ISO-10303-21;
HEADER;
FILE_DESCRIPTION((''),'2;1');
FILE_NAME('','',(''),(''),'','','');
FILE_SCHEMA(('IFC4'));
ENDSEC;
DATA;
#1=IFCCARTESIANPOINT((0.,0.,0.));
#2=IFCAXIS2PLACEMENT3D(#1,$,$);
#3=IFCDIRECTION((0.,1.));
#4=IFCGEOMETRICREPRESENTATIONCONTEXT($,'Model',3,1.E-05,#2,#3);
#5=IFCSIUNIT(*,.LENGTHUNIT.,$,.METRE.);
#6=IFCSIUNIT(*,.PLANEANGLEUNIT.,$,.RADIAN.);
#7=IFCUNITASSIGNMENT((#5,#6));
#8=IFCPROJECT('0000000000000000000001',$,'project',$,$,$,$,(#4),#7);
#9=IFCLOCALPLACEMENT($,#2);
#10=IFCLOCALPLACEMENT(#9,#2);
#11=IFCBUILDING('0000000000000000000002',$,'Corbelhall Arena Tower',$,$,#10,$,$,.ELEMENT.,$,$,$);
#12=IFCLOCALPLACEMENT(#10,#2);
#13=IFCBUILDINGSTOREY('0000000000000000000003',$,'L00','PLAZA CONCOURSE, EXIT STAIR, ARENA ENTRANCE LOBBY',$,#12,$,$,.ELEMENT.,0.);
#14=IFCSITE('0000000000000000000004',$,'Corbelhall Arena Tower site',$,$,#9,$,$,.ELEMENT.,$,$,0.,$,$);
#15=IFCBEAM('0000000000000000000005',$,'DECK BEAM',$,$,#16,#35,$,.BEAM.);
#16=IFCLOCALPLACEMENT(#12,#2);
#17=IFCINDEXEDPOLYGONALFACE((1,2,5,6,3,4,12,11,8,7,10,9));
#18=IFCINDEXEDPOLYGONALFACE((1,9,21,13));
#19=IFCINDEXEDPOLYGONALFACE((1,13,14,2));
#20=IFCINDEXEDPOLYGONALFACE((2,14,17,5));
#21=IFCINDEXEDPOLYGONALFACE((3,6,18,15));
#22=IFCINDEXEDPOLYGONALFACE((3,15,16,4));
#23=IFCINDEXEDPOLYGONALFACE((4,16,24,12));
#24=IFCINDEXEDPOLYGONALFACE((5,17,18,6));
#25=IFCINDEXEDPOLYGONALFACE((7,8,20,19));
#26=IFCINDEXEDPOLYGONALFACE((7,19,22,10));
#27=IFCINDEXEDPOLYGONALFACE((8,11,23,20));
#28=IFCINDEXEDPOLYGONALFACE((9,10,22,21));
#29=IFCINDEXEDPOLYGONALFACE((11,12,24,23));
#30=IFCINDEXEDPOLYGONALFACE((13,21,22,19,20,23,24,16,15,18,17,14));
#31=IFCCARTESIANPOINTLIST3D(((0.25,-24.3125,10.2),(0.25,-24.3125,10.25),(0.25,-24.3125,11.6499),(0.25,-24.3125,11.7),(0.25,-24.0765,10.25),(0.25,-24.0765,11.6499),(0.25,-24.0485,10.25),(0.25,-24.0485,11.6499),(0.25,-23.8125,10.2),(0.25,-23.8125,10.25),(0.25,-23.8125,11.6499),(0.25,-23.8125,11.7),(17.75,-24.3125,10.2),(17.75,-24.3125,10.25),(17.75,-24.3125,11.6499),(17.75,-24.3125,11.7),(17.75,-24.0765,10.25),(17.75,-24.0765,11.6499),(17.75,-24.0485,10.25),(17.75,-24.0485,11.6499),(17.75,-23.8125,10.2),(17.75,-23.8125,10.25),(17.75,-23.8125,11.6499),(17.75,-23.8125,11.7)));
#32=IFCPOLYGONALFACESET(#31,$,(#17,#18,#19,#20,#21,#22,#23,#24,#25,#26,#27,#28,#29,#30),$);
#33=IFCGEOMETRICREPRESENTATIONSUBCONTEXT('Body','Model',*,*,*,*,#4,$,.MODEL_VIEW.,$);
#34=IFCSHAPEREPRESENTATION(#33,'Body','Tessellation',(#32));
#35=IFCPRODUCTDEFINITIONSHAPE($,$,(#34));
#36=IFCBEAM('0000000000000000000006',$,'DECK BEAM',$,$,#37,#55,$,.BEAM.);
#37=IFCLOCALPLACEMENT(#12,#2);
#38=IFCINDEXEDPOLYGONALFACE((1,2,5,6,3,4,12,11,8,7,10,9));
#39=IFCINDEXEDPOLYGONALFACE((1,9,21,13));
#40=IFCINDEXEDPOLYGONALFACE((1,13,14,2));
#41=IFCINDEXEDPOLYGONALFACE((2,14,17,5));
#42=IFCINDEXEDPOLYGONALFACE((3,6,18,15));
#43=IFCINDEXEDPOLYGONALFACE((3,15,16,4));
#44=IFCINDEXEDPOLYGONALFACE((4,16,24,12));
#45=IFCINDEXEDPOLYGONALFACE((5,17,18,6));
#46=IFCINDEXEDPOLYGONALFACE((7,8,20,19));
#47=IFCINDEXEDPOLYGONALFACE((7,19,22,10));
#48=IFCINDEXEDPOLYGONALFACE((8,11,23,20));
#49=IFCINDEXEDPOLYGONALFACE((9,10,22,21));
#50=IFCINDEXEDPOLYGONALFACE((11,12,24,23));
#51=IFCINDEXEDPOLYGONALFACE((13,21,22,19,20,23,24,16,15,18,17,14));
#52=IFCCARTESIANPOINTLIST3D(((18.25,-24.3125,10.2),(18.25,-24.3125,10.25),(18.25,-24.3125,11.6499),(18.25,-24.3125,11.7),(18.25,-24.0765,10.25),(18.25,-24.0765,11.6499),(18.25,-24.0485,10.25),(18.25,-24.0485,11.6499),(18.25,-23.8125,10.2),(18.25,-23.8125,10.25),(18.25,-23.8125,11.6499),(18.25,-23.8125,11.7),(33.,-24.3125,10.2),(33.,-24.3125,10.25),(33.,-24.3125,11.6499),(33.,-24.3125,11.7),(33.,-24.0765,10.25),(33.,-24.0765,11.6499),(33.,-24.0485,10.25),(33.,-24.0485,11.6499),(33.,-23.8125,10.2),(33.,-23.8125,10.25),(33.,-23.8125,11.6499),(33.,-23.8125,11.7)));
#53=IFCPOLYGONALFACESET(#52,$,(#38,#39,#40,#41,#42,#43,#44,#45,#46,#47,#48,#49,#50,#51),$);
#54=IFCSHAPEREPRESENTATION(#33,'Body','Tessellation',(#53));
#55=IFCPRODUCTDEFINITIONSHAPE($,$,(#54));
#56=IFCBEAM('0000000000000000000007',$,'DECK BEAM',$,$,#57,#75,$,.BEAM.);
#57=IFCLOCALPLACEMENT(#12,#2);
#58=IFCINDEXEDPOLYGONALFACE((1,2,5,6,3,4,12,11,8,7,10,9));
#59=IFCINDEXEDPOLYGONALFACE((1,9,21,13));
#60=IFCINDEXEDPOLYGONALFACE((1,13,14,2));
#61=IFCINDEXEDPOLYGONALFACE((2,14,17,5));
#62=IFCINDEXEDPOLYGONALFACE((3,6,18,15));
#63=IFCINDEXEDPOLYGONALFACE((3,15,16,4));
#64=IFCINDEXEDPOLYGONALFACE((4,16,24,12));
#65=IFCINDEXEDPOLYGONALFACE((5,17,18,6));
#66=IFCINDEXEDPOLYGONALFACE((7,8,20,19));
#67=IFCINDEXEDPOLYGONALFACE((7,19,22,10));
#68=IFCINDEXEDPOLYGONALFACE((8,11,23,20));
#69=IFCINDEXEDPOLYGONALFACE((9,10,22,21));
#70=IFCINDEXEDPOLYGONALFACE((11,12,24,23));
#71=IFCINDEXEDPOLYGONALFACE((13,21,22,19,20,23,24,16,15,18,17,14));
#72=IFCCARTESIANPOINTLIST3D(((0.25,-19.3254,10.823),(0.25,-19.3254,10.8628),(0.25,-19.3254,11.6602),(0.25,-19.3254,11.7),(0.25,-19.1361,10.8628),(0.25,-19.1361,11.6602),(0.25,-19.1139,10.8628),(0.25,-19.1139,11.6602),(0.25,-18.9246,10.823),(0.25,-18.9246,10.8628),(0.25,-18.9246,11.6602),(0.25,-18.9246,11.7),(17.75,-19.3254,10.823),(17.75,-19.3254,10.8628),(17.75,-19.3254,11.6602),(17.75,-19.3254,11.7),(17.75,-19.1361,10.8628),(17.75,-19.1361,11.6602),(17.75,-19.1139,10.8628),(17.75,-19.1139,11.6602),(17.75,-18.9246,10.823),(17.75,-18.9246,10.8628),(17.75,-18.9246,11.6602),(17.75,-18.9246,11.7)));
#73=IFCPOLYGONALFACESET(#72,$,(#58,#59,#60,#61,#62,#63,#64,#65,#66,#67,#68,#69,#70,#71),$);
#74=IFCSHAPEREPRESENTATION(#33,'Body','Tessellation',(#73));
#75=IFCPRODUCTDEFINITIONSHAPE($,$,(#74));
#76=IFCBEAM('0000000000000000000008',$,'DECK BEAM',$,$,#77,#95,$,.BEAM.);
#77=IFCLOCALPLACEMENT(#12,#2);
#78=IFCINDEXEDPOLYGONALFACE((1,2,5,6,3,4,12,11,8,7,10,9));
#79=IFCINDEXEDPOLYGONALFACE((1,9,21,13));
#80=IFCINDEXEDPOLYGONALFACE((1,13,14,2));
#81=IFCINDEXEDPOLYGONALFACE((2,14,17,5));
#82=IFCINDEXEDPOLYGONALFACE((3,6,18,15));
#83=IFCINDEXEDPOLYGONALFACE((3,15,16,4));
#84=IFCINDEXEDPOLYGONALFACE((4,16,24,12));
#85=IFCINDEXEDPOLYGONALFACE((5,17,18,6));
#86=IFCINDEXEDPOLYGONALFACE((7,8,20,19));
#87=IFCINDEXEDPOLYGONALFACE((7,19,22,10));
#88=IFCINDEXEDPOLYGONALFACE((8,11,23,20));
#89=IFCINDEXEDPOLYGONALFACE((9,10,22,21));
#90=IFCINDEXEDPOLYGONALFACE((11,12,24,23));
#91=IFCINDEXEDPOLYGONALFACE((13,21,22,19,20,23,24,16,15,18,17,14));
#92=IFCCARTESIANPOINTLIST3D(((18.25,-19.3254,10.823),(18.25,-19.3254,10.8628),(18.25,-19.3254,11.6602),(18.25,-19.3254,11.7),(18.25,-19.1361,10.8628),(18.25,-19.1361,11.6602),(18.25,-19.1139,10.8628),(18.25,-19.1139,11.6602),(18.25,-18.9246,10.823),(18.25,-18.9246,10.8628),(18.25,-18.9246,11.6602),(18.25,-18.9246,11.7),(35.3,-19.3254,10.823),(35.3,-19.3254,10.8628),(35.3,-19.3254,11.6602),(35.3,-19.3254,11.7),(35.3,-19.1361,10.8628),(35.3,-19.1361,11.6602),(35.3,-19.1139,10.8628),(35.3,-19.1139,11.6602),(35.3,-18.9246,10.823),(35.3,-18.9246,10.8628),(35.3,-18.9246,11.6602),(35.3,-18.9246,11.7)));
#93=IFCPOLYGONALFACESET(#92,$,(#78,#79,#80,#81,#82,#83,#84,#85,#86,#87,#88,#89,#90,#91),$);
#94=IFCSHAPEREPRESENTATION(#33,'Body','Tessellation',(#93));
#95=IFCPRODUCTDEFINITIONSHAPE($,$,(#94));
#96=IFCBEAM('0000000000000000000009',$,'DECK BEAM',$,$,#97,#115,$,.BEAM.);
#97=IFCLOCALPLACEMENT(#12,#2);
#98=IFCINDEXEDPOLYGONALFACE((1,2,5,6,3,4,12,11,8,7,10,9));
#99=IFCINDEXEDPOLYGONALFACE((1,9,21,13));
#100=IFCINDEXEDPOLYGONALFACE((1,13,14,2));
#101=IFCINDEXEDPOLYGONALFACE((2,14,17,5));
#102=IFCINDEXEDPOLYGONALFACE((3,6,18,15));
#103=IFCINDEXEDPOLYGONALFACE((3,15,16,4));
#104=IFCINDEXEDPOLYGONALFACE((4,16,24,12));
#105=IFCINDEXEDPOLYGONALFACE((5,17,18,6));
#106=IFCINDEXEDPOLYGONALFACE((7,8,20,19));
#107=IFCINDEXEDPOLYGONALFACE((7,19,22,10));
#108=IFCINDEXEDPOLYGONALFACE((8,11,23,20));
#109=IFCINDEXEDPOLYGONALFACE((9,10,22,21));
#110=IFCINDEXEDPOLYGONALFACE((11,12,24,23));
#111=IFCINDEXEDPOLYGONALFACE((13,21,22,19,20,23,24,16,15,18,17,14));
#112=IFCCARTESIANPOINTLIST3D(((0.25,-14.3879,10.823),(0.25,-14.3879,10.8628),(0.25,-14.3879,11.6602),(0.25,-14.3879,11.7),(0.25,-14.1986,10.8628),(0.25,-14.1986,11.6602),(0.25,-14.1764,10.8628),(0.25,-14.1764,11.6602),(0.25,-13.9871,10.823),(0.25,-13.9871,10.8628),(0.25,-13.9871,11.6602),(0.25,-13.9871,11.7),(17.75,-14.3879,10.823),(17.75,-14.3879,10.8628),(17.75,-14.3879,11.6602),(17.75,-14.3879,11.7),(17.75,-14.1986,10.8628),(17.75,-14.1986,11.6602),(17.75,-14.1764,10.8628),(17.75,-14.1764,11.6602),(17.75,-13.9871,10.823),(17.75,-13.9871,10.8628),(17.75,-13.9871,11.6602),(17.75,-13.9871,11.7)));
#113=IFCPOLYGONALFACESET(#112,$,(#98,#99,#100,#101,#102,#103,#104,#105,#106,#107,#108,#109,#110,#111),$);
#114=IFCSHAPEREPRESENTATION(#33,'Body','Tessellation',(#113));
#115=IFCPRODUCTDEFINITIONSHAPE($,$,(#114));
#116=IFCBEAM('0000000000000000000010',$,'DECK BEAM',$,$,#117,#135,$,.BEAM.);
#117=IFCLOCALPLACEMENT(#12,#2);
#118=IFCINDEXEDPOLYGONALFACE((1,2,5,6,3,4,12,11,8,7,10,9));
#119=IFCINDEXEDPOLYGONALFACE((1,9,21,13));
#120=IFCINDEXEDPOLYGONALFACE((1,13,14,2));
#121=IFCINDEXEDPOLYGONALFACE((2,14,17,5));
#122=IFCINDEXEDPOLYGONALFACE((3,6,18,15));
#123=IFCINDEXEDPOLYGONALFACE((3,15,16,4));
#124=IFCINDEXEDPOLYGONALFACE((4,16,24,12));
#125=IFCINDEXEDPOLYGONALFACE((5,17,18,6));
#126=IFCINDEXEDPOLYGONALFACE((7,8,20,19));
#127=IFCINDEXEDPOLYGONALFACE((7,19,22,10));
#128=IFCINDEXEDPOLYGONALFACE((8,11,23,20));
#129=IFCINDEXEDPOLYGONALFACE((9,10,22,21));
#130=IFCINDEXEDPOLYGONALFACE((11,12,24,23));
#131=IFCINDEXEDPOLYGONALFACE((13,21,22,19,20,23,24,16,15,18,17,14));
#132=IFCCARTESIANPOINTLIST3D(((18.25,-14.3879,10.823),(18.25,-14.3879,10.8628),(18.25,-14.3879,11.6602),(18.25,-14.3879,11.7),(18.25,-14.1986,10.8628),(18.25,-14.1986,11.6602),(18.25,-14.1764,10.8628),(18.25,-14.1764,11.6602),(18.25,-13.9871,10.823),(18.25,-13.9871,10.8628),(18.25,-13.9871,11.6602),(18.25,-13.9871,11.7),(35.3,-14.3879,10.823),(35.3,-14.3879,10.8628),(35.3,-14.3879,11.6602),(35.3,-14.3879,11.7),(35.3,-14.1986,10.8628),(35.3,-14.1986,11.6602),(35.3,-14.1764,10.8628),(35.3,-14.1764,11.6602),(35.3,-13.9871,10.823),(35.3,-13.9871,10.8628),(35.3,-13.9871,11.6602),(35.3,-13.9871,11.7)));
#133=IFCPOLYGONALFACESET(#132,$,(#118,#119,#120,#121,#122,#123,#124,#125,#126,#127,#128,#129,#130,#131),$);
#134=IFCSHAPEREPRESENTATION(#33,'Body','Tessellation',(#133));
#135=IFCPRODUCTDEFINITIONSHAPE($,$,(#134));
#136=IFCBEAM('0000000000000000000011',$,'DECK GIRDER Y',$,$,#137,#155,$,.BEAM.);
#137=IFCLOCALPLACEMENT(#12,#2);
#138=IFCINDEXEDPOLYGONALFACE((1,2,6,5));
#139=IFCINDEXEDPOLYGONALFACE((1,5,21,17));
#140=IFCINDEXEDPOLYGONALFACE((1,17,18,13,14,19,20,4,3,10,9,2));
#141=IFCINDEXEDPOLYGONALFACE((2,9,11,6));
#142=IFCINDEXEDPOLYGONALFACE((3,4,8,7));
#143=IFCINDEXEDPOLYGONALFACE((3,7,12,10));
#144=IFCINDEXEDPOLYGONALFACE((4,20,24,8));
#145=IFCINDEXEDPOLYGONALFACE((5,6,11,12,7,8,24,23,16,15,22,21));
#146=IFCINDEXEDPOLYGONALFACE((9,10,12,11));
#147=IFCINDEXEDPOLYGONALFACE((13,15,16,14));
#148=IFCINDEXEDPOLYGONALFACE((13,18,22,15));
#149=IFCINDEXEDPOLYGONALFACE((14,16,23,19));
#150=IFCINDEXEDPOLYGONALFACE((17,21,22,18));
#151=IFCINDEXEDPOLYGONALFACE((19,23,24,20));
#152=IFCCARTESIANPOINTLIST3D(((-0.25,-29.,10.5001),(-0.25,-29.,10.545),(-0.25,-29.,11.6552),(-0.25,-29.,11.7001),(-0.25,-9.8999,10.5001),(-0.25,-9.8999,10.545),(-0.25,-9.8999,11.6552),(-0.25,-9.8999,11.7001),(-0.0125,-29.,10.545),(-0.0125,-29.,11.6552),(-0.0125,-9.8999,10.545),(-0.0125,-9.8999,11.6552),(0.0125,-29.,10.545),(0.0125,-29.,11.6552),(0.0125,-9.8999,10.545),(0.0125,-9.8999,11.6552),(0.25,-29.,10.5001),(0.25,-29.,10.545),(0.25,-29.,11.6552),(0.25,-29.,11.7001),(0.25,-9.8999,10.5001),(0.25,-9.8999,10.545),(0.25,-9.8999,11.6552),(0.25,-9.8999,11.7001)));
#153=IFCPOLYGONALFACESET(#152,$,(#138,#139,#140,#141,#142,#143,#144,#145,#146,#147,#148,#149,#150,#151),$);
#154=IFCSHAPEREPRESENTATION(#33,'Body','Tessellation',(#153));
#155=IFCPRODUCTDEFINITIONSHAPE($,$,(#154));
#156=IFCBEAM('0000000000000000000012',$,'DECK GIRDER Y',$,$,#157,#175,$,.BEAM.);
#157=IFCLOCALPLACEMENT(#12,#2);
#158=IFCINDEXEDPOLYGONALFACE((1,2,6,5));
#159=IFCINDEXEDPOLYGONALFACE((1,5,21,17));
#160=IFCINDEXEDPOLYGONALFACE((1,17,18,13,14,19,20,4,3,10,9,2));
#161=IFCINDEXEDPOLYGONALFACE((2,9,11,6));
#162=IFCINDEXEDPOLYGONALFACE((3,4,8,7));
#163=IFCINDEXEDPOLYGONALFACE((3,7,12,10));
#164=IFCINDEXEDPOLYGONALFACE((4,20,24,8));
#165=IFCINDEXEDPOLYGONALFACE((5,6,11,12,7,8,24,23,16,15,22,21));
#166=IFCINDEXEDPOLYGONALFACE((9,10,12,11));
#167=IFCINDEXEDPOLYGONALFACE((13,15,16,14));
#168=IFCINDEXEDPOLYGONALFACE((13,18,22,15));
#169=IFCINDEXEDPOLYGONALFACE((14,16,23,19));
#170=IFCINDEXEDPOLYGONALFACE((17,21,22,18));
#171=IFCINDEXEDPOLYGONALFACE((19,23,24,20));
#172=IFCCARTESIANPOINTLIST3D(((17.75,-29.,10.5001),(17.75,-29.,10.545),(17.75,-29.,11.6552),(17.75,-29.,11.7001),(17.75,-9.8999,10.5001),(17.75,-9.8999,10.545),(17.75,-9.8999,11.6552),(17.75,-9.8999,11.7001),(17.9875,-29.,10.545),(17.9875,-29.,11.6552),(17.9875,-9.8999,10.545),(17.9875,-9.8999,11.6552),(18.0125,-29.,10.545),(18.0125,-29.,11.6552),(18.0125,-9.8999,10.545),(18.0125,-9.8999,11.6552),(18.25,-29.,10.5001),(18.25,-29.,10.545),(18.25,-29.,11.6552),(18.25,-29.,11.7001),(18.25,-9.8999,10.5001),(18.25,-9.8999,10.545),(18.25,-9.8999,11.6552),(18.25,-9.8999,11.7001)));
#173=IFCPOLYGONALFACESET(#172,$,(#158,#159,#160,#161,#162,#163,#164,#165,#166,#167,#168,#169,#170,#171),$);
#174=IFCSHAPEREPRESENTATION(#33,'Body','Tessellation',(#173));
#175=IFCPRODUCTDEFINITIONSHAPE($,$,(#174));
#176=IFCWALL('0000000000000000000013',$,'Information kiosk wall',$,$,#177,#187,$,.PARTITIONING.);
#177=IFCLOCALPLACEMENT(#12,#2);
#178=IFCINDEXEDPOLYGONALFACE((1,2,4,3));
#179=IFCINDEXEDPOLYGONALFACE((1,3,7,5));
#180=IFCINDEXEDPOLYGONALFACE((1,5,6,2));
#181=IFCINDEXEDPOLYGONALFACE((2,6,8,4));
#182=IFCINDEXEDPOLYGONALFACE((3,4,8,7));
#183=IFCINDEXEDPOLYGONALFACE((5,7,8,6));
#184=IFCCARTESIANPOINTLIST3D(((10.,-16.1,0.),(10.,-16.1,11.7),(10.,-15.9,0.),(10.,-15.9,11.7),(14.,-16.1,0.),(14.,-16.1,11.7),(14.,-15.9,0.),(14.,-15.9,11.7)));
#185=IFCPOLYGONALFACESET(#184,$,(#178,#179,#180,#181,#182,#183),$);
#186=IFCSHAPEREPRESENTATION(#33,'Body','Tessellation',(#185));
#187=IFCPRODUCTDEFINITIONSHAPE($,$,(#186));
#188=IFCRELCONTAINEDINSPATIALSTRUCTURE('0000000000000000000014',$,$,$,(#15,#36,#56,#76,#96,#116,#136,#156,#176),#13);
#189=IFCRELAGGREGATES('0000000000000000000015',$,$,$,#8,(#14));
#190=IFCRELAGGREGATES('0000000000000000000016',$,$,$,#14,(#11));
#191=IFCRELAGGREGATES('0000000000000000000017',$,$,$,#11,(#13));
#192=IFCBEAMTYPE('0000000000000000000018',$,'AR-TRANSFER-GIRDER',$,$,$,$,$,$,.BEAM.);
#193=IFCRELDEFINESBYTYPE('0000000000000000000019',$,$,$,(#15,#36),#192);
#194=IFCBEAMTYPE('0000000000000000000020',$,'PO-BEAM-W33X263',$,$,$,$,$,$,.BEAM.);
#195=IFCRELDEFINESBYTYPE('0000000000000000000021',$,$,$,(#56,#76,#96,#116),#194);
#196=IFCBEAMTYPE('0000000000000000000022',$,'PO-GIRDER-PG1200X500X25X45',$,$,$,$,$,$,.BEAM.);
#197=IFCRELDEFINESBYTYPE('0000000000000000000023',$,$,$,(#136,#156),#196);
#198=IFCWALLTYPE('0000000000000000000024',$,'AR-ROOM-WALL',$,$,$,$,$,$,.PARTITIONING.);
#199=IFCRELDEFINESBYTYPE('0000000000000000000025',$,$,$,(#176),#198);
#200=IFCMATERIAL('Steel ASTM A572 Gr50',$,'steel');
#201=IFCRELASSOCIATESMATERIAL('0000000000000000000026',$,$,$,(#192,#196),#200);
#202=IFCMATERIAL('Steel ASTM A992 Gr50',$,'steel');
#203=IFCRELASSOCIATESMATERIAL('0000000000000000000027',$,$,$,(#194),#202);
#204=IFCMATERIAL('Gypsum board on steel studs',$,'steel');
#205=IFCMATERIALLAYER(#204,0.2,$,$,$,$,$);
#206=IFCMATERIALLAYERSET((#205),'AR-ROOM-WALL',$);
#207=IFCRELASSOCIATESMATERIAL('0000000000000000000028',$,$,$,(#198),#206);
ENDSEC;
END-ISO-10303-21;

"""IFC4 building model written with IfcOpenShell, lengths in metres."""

from ifc_helpers import new_model, si_unit, direction, frame, frame_2d, origin, origin_2d, place, context, subcontext, project, spatial, rectangle, i_section, extrude, material, layer, layer_set, material_profile, profile_set, type_object, element, save


model = new_model("IFC4")

# Units and contexts
model_context = context("Model", 3, precision=1e-05, world=origin(), true_north=direction((0.0, 1.0)))
body_context = subcontext(model_context, "Body", "Model", "MODEL_VIEW")
ifc_project = project(units=[si_unit("LENGTHUNIT", "METRE"), si_unit("PLANEANGLEUNIT", "RADIAN")], contexts=[model_context])

# Site, building, storey
site_placement = place(None, origin())
site = spatial("IfcSite", under=ifc_project, at=site_placement, Name="Corbelhall Arena Tower site", CompositionType="ELEMENT", RefElevation=0.0)
building_placement = place(site_placement, origin())
building = spatial("IfcBuilding", under=site, at=building_placement, Name="Corbelhall Arena Tower", CompositionType="ELEMENT")
storey_placement = place(building_placement, origin())
storey = spatial("IfcBuildingStorey", under=building, at=storey_placement, Name="L00", Description="PLAZA CONCOURSE, EXIT STAIR, ARENA ENTRANCE LOBBY", CompositionType="ELEMENT", Elevation=0.0)

# Beams
ifc_material_1 = material(Name="Steel ASTM A572 Gr50", Category="steel")
ifc_material_profile_1 = material_profile(ifc_material_1, i_section(OverallWidth=0.5, OverallDepth=1.5, WebThickness=0.0281, FlangeThickness=0.05, at=origin_2d()))
ifc_profile_set_1 = profile_set([ifc_material_profile_1], Name="Steel ASTM A572 Gr50")
beam_type_1 = type_object("IfcBeamType", Name="AR-TRANSFER-GIRDER", PredefinedType="BEAM", material=ifc_profile_set_1)
beam_1_placement = place(storey_placement, frame((0.25, -24.0625, 10.95), z_axis=(1.0, 0.0, 0.0), x_axis=(0.0, 1.0, 0.0)))
element("IfcBeam", 1, at=beam_1_placement, inside=storey, type_object=beam_type_1, Name="DECK BEAM", PredefinedType="BEAM", context=body_context, shape_type="SweptSolid", body=[
    extrude(i_section(OverallWidth=0.5, OverallDepth=1.5, WebThickness=0.0281, FlangeThickness=0.05, at=origin_2d()), origin(), (0.0, 0.0, 1.0), 17.5),
])
beam_2_placement = place(storey_placement, frame((18.25, -24.0625, 10.95), z_axis=(1.0, 0.0, 0.0), x_axis=(0.0, 1.0, 0.0)))
element("IfcBeam", 2, at=beam_2_placement, inside=storey, type_object=beam_type_1, Name="DECK BEAM", PredefinedType="BEAM", context=body_context, shape_type="SweptSolid", body=[
    extrude(i_section(OverallWidth=0.5, OverallDepth=1.5, WebThickness=0.0281, FlangeThickness=0.05, at=origin_2d()), origin(), (0.0, 0.0, 1.0), 14.75),
])
ifc_material_2 = material(Name="Steel ASTM A992 Gr50", Category="steel")
ifc_material_profile_2 = material_profile(ifc_material_2, i_section(OverallWidth=0.4009, OverallDepth=0.877, WebThickness=0.0222, FlangeThickness=0.0398, at=origin_2d()))
ifc_profile_set_2 = profile_set([ifc_material_profile_2], Name="Steel ASTM A992 Gr50")
beam_type_2 = type_object("IfcBeamType", Name="PO-BEAM-W33X263", PredefinedType="BEAM", material=ifc_profile_set_2)
beam_3_placement = place(storey_placement, frame((0.25, -19.125, 11.2615), z_axis=(1.0, 0.0, 0.0), x_axis=(0.0, 1.0, 0.0)))
element("IfcBeam", 3, at=beam_3_placement, inside=storey, type_object=beam_type_2, Name="DECK BEAM", PredefinedType="BEAM", context=body_context, shape_type="SweptSolid", body=[
    extrude(i_section(OverallWidth=0.4009, OverallDepth=0.877, WebThickness=0.0222, FlangeThickness=0.0398, at=origin_2d()), origin(), (0.0, 0.0, 1.0), 17.5),
])
beam_4_placement = place(storey_placement, frame((18.25, -19.125, 11.2615), z_axis=(1.0, 0.0, 0.0), x_axis=(0.0, 1.0, 0.0)))
element("IfcBeam", 4, at=beam_4_placement, inside=storey, type_object=beam_type_2, Name="DECK BEAM", PredefinedType="BEAM", context=body_context, shape_type="SweptSolid", body=[
    extrude(i_section(OverallWidth=0.4009, OverallDepth=0.877, WebThickness=0.0222, FlangeThickness=0.0398, at=origin_2d()), origin(), (0.0, 0.0, 1.0), 17.05),
])
beam_5_placement = place(storey_placement, frame((0.25, -14.1875, 11.2615), z_axis=(1.0, 0.0, 0.0), x_axis=(0.0, 1.0, 0.0)))
element("IfcBeam", 5, at=beam_5_placement, inside=storey, type_object=beam_type_2, Name="DECK BEAM", PredefinedType="BEAM", context=body_context, shape_type="SweptSolid", body=[
    extrude(i_section(OverallWidth=0.4009, OverallDepth=0.877, WebThickness=0.0222, FlangeThickness=0.0398, at=origin_2d()), origin(), (0.0, 0.0, 1.0), 17.5),
])
beam_6_placement = place(storey_placement, frame((18.25, -14.1875, 11.2615), z_axis=(1.0, 0.0, 0.0), x_axis=(0.0, 1.0, 0.0)))
element("IfcBeam", 6, at=beam_6_placement, inside=storey, type_object=beam_type_2, Name="DECK BEAM", PredefinedType="BEAM", context=body_context, shape_type="SweptSolid", body=[
    extrude(i_section(OverallWidth=0.4009, OverallDepth=0.877, WebThickness=0.0222, FlangeThickness=0.0398, at=origin_2d()), origin(), (0.0, 0.0, 1.0), 17.05),
])
ifc_material_profile_3 = material_profile(ifc_material_1, i_section(OverallWidth=0.5, OverallDepth=1.2, WebThickness=0.0249, FlangeThickness=0.0449, at=origin_2d()))
ifc_profile_set_3 = profile_set([ifc_material_profile_3], Name="Steel ASTM A572 Gr50")
beam_type_3 = type_object("IfcBeamType", Name="PO-GIRDER-PG1200X500X25X45", PredefinedType="BEAM", material=ifc_profile_set_3)
for number, where, z_axis, x_axis, name in (
    (7, (0.0, -29.0, 11.1001), (0.0, 1.0, 0.0), (-1.0, 0.0, 0.0), "DECK GIRDER Y"),
    (8, (18.0, -29.0, 11.1001), (0.0, 1.0, 0.0), (-1.0, 0.0, 0.0), "DECK GIRDER Y"),
):
    element("IfcBeam", number, at=place(storey_placement, frame(where, z_axis=z_axis, x_axis=x_axis)), inside=storey, type_object=beam_type_3, Name=name, PredefinedType="BEAM", context=body_context, shape_type="SweptSolid", body=[
        extrude(i_section(OverallWidth=0.5, OverallDepth=1.2, WebThickness=0.0249, FlangeThickness=0.0449, at=origin_2d()), origin(), (0.0, 0.0, 1.0), 19.1001),
    ])

# Wall
ifc_material_3 = material(Name="Gypsum board on steel studs", Category="steel")
ifc_layer = layer(ifc_material_3, 0.2)
ifc_layer_set = layer_set([ifc_layer], Name="AR-ROOM-WALL")
wall_type = type_object("IfcWallType", Name="AR-ROOM-WALL", PredefinedType="PARTITIONING", material=ifc_layer_set)
wall_1_placement = place(storey_placement, frame((10.0, -16.0, 0.0), z_axis=(0.0, 0.0, 1.0), x_axis=(1.0, 0.0, 0.0)))
element("IfcWall", 9, at=wall_1_placement, inside=storey, type_object=wall_type, Name="Information kiosk wall", PredefinedType="PARTITIONING", context=body_context, shape_type="SweptSolid", body=[
    extrude(rectangle(XDim=4.0, YDim=0.2, at=frame_2d((2.0, 0.0))), origin(), (0.0, 0.0, 1.0), 11.7),
])

save(model, "model.ifc")
